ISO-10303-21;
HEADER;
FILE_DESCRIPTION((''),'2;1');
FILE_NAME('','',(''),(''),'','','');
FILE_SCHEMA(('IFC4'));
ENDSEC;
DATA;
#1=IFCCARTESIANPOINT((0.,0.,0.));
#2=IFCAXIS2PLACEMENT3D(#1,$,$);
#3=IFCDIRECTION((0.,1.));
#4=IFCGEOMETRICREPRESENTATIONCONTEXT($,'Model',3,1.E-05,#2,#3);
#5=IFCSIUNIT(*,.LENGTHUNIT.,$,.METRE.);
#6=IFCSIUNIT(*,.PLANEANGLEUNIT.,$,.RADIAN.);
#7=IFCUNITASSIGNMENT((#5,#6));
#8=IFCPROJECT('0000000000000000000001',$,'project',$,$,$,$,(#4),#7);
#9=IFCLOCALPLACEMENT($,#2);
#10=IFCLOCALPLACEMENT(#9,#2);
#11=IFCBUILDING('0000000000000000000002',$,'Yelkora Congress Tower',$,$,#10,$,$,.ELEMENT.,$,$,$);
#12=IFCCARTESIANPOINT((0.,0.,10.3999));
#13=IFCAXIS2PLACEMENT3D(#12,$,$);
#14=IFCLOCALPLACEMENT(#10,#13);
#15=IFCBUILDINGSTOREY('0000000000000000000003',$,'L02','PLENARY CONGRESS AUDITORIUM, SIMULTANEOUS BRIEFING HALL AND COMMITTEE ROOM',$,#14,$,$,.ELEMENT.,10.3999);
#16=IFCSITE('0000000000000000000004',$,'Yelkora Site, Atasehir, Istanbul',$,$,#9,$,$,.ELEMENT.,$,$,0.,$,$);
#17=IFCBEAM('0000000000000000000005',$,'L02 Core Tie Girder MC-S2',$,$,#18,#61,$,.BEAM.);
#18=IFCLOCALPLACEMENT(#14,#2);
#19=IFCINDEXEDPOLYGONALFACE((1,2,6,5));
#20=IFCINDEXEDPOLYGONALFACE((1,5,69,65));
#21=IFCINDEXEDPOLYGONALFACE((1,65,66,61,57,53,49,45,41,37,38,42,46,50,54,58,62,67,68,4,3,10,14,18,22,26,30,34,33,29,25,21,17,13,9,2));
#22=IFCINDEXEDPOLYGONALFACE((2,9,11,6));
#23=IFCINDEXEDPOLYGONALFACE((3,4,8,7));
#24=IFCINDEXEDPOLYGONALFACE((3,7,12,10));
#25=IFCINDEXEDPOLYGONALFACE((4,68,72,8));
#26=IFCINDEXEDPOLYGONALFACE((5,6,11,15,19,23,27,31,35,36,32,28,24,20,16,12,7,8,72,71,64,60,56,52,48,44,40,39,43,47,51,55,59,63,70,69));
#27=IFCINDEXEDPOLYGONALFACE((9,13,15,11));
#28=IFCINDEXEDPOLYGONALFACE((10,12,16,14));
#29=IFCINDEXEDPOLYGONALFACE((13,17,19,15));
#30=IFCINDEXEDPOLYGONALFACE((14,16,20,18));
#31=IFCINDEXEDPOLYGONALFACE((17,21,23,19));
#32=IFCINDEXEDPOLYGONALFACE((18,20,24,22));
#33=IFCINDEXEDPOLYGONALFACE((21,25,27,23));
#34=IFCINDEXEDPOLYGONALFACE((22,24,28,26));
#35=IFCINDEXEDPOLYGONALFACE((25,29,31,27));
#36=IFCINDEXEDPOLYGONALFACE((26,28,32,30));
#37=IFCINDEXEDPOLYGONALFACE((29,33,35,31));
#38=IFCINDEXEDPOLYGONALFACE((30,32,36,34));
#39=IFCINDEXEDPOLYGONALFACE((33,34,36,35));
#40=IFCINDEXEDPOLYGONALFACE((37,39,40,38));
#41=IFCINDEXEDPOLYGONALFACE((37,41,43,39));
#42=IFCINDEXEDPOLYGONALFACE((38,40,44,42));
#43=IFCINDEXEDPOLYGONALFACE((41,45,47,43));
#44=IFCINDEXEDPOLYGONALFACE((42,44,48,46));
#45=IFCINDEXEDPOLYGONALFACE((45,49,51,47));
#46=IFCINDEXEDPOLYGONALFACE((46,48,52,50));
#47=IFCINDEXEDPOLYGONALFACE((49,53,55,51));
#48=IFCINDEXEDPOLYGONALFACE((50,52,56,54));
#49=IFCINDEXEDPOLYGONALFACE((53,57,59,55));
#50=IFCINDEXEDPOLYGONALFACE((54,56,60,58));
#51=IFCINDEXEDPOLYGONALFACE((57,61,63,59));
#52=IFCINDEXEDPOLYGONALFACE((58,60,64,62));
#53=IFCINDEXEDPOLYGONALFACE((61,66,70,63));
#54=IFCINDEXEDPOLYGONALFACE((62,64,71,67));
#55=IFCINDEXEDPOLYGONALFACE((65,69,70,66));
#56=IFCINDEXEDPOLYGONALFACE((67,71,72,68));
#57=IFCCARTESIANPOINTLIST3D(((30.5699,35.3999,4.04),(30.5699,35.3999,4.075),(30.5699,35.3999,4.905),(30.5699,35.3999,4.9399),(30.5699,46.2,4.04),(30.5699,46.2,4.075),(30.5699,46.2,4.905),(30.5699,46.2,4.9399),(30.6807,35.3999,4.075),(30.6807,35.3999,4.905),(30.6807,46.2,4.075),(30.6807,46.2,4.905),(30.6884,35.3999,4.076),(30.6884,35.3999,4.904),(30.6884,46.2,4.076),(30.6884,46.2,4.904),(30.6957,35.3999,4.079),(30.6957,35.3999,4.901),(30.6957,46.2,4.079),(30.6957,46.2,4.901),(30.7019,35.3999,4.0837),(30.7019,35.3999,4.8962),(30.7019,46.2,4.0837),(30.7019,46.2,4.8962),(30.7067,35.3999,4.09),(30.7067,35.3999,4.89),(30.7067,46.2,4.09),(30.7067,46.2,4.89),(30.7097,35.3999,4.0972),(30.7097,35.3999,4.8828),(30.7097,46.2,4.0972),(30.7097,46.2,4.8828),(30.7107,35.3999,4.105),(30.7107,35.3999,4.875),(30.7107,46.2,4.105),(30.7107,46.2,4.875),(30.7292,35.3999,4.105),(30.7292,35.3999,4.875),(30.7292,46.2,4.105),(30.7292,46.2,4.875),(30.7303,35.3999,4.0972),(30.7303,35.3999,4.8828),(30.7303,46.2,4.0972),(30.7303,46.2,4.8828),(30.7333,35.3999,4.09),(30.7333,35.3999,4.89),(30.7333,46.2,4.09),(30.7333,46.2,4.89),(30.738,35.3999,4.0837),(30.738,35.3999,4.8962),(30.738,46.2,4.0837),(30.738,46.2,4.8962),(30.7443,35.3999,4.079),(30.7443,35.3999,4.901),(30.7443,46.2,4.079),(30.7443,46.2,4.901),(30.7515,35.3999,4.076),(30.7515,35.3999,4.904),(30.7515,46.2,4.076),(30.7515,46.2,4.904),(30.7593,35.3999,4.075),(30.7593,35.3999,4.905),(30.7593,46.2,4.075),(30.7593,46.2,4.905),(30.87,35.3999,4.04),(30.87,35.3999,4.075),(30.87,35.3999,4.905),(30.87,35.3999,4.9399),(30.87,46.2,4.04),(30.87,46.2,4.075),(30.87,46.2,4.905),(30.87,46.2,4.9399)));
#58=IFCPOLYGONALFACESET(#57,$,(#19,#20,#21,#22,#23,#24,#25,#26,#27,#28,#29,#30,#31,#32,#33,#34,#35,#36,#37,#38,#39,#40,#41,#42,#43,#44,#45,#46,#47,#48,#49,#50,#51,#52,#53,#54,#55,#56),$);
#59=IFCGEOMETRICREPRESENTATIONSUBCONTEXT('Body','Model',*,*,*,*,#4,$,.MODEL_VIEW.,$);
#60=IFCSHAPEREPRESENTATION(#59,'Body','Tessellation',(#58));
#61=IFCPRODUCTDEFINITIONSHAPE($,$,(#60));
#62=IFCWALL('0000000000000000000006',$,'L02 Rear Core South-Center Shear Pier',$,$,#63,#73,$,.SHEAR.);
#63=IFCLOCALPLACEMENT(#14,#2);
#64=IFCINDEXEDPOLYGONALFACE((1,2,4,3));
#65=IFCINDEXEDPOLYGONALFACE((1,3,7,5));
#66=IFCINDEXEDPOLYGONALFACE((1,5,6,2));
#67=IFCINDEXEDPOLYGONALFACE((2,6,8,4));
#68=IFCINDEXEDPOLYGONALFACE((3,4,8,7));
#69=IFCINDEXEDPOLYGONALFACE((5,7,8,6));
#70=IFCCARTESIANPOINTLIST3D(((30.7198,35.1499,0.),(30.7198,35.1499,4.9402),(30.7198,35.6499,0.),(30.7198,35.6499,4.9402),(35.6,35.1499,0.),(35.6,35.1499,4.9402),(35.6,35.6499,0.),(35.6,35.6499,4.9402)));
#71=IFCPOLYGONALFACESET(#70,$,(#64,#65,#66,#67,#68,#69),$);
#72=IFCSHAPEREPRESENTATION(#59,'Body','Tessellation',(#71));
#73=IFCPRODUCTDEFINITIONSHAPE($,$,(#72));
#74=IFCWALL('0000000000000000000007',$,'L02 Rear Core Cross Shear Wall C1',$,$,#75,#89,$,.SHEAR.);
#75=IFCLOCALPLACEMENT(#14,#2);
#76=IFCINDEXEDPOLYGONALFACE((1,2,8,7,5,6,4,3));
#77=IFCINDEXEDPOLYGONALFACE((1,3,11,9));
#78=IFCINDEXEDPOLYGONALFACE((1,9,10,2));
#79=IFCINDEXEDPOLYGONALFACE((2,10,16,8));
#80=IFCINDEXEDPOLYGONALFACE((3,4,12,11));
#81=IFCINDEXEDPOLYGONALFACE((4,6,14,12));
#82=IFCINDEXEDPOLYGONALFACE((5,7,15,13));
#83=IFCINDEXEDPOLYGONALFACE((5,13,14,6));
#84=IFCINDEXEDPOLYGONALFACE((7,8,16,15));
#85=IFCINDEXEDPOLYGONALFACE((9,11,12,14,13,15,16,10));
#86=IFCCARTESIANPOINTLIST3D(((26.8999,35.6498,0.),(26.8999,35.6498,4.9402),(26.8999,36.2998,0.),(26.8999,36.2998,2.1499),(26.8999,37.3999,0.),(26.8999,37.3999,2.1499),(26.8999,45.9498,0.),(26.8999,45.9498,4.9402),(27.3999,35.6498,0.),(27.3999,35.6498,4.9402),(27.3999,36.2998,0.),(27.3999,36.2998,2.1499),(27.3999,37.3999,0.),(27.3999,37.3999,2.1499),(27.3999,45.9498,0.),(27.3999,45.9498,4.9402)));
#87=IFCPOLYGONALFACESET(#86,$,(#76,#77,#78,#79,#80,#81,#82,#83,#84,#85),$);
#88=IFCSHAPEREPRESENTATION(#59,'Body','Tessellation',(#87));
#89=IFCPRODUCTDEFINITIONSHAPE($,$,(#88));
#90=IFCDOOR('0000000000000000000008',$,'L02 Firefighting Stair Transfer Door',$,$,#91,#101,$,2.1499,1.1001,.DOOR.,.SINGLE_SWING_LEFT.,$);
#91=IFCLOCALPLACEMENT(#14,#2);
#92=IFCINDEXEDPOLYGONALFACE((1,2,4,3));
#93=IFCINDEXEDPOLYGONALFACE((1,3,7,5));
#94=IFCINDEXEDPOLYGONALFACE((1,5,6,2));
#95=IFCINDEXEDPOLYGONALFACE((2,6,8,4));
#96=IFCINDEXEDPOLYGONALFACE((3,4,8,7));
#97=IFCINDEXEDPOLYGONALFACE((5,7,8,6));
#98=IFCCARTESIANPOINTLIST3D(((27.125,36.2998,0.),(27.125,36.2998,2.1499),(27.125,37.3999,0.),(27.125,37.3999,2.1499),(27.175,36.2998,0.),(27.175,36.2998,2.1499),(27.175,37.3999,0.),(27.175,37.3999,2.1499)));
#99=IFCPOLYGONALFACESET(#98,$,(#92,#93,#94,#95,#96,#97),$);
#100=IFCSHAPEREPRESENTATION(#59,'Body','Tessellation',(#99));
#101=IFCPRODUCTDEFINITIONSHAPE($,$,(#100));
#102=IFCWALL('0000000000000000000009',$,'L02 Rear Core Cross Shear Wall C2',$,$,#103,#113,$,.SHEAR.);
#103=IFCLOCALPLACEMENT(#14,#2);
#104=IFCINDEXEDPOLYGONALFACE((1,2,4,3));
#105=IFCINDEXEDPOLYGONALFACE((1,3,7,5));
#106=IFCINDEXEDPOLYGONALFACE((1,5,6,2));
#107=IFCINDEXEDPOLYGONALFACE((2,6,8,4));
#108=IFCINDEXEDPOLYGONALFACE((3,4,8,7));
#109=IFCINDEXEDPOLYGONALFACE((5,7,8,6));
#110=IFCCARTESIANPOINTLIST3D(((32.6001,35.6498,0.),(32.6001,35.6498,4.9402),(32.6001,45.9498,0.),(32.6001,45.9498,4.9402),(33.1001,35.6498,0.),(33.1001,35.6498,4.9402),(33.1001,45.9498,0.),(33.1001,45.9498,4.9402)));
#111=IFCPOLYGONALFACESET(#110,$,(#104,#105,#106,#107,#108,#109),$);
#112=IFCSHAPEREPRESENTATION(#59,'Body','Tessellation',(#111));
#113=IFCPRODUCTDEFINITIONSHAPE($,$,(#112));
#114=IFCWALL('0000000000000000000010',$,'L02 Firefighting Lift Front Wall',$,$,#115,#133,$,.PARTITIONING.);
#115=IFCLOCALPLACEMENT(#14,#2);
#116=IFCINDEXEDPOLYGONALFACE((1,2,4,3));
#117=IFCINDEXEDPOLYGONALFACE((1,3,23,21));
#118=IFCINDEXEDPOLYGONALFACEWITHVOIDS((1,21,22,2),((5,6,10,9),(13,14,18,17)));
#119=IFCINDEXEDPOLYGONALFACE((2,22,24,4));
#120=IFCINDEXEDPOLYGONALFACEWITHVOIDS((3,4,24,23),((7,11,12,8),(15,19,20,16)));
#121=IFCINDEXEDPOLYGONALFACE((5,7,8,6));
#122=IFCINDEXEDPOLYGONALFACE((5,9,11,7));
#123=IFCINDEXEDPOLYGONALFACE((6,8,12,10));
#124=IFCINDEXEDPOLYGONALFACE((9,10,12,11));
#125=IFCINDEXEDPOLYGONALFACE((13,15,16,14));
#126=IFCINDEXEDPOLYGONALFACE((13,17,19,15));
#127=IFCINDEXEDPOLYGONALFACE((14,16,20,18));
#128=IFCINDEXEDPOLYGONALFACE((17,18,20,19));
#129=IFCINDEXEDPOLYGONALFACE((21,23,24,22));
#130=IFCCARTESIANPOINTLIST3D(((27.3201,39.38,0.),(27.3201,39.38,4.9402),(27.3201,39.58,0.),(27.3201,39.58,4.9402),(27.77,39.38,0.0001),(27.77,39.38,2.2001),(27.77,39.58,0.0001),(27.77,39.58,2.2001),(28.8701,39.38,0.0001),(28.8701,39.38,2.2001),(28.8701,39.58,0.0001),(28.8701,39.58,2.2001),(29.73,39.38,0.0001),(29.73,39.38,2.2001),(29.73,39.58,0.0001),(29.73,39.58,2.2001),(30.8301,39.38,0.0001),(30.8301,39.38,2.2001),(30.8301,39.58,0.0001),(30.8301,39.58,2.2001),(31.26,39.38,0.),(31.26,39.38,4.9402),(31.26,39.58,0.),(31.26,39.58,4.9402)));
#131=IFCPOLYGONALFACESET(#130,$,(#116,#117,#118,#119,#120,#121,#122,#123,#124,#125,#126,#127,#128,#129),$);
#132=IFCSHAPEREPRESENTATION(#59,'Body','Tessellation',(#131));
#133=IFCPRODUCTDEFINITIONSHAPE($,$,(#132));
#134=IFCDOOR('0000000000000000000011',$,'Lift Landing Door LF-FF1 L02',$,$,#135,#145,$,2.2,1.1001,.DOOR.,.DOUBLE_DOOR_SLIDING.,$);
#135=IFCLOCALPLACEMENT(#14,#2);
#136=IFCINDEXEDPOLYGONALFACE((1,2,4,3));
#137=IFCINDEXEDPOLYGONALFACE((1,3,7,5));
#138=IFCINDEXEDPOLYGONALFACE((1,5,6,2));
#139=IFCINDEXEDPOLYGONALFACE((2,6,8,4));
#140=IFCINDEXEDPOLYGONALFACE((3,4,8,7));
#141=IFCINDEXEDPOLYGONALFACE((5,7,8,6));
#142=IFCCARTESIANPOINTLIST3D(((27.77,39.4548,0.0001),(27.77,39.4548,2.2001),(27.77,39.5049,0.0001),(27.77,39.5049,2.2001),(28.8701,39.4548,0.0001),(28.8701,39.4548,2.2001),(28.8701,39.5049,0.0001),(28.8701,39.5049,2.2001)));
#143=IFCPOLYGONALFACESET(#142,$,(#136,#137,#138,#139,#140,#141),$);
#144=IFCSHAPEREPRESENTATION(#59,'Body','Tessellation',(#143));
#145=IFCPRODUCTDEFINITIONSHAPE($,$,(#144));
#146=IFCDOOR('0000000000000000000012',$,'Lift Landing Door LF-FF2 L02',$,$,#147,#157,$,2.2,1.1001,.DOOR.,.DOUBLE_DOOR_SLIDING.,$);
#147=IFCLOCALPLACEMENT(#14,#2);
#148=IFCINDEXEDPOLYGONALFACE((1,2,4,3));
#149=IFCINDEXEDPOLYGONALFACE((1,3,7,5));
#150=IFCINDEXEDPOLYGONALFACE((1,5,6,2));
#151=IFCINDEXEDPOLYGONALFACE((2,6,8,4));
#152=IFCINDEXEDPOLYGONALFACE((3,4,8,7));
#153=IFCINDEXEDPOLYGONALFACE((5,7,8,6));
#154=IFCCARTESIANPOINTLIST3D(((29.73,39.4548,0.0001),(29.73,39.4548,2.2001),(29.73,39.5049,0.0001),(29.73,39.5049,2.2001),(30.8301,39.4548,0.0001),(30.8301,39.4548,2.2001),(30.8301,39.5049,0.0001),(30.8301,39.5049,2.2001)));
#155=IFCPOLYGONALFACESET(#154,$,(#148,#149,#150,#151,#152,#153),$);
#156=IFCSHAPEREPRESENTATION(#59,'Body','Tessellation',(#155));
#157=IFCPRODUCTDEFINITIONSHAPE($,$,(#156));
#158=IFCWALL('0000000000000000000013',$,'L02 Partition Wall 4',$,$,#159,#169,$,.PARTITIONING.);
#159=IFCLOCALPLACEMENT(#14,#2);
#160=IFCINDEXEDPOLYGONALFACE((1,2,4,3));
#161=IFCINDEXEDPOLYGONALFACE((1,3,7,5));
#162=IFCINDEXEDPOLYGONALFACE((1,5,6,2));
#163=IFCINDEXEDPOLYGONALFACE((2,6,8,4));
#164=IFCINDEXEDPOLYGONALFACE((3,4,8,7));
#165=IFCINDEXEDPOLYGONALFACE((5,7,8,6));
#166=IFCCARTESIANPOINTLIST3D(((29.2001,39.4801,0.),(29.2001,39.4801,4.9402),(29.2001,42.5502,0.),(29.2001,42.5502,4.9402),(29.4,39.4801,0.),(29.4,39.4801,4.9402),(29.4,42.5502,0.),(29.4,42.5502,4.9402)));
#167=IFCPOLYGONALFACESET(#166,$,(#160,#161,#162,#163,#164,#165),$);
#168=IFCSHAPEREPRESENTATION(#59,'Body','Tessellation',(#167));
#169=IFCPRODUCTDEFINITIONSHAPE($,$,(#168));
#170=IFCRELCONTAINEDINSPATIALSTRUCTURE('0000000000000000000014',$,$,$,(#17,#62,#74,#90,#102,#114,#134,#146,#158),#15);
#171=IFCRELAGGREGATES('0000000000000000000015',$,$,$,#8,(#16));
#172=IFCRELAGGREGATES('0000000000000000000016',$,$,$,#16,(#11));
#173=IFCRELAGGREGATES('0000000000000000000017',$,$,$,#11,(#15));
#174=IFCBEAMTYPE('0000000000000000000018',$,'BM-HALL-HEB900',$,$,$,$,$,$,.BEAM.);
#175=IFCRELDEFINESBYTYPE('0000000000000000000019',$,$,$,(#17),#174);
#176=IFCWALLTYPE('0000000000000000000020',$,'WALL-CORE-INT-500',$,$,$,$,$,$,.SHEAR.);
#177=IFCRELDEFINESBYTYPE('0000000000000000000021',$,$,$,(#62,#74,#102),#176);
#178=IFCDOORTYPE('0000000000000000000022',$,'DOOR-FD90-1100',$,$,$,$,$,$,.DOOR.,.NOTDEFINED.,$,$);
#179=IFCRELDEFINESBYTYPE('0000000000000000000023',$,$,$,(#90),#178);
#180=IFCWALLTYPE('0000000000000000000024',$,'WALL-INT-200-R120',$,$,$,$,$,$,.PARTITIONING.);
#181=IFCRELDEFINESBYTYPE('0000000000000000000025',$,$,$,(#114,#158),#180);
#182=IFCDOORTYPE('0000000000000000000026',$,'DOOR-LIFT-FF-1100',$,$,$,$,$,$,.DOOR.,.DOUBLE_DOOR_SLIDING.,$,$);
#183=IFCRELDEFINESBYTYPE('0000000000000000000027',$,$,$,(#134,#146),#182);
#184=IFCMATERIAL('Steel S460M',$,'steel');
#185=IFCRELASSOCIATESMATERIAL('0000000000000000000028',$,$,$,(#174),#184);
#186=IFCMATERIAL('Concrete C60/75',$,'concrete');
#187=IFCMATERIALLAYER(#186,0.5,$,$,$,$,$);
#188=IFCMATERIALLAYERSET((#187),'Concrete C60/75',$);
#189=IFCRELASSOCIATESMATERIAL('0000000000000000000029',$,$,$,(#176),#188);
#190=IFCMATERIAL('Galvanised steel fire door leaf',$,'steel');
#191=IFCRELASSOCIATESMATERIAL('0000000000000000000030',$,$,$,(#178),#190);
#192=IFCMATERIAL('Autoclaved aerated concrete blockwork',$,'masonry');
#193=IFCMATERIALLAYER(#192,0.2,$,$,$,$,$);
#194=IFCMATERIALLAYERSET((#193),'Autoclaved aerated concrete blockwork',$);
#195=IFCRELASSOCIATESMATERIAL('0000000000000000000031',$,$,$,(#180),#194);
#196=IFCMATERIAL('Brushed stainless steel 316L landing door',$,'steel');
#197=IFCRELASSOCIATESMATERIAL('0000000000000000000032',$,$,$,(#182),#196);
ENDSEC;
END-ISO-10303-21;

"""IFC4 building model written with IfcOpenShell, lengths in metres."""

from ifc_helpers import new_model, si_unit, direction, frame, frame_2d, origin, origin_2d, place, context, subcontext, project, spatial, rectangle, i_section, extrude, material, layer, layer_set, material_profile, profile_set, type_object, element, fill, save


model = new_model("IFC4")

# Units and contexts
model_context = context("Model", 3, precision=1e-05, world=origin(), true_north=direction((0.0, 1.0)))
body_context = subcontext(model_context, "Body", "Model", "MODEL_VIEW")
ifc_project = project(units=[si_unit("LENGTHUNIT", "METRE"), si_unit("PLANEANGLEUNIT", "RADIAN")], contexts=[model_context])

# Site, building, storey
site_placement = place(None, origin())
site = spatial("IfcSite", under=ifc_project, at=site_placement, Name="Yelkora Site, Atasehir, Istanbul", CompositionType="ELEMENT", RefElevation=0.0)
building_placement = place(site_placement, origin())
building = spatial("IfcBuilding", under=site, at=building_placement, Name="Yelkora Congress Tower", CompositionType="ELEMENT")
storey_placement = place(building_placement, frame((0.0, 0.0, 10.3999)))
storey = spatial("IfcBuildingStorey", under=building, at=storey_placement, Name="L02", Description="PLENARY CONGRESS AUDITORIUM, SIMULTANEOUS BRIEFING HALL AND COMMITTEE ROOM", CompositionType="ELEMENT", Elevation=10.3999)

# Shared definitions
ifc_material_1 = material(Name="Concrete C60/75", Category="concrete")

# Beam
ifc_material_2 = material(Name="Steel S460M", Category="steel")
ifc_material_profile_1 = material_profile(ifc_material_2, i_section(OverallWidth=0.3, OverallDepth=0.8999, WebThickness=0.0186, FlangeThickness=0.0349, FilletRadius=0.03, at=origin_2d()), Name="HEB 900")
ifc_profile_set_1 = profile_set([ifc_material_profile_1], Name="Steel S460M")
beam_type = type_object("IfcBeamType", Name="BM-HALL-HEB900", PredefinedType="BEAM", material=ifc_profile_set_1)
beam_1_placement = place(storey_placement, frame((30.72, 35.3999, 4.49), z_axis=(0.0, 1.0, 0.0), x_axis=(-1.0, 0.0, 0.0)))
element("IfcBeam", 1, at=beam_1_placement, inside=storey, type_object=beam_type, Name="L02 Core Tie Girder MC-S2", PredefinedType="BEAM", context=body_context, shape_type="SweptSolid", body=[
    extrude(i_section(OverallWidth=0.3, OverallDepth=0.8999, WebThickness=0.0186, FlangeThickness=0.0349, FilletRadius=0.03, at=origin_2d()), origin(), (0.0, 0.0, 1.0), 10.8),
])

# Wall
ifc_layer_1 = layer(ifc_material_1, 0.5)
ifc_layer_set_1 = layer_set([ifc_layer_1], Name="Concrete C60/75")
wall_type_1 = type_object("IfcWallType", Name="WALL-CORE-INT-500", PredefinedType="SHEAR", material=ifc_layer_set_1)
wall_1_placement = place(storey_placement, frame((30.72, 35.3999, 0.0), z_axis=(0.0, 0.0, 1.0), x_axis=(1.0, 0.0, 0.0)))
element("IfcWall", 2, at=wall_1_placement, inside=storey, type_object=wall_type_1, Name="L02 Rear Core South-Center Shear Pier", PredefinedType="SHEAR", context=body_context, shape_type="SweptSolid", body=[
    extrude(rectangle(XDim=4.8801, YDim=0.5, at=frame_2d((2.4399, 0.0))), origin(), (0.0, 0.0, 1.0), 4.9402),
])

# Wall, opening, door
wall_2_placement = place(storey_placement, frame((27.1499, 35.6499, 0.0), z_axis=(0.0, 0.0, 1.0), x_axis=(0.0, 1.0, 0.0)))
wall_2 = element("IfcWall", 3, at=wall_2_placement, inside=storey, type_object=wall_type_1, Name="L02 Rear Core Cross Shear Wall C1", PredefinedType="SHEAR", context=body_context, shape_type="SweptSolid", body=[
    extrude(rectangle(XDim=10.3, YDim=0.5, at=frame_2d((5.1499, 0.0))), origin(), (0.0, 0.0, 1.0), 4.9402),
])
opening_1_placement = place(wall_2_placement, frame((0.6499, 0.0, 0.0)))
opening_1 = element("IfcOpeningElement", 4, at=opening_1_placement, cuts=wall_2, PredefinedType="OPENING", context=body_context, shape_type="SweptSolid", body=[
    extrude(rectangle(XDim=1.1001, YDim=2.1499, at=frame_2d((0.55, 1.075))), frame((0.0, 0.26, 0.0), z_axis=(0.0, -1.0, 0.0), x_axis=(1.0, 0.0, 0.0)), (0.0, 0.0, 1.0), 0.52),
])
ifc_material_3 = material(Name="Galvanised steel fire door leaf", Category="steel")
door_type_1 = type_object("IfcDoorType", Name="DOOR-FD90-1100", OperationType="NOTDEFINED", PredefinedType="DOOR", material=ifc_material_3)
door_1_placement = place(opening_1_placement, origin())
door_1 = element("IfcDoor", 5, at=door_1_placement, inside=storey, type_object=door_type_1, Name="L02 Firefighting Stair Transfer Door", OperationType="SINGLE_SWING_LEFT", OverallHeight=2.1499, OverallWidth=1.1001, PredefinedType="DOOR", context=body_context, shape_type="SweptSolid", body=[
    extrude(rectangle(XDim=1.1001, YDim=2.1499, at=frame_2d((0.55, 1.075))), frame((0.0, 0.0249, 0.0), z_axis=(0.0, -1.0, 0.0), x_axis=(1.0, 0.0, 0.0)), (0.0, 0.0, 1.0), 0.05),
])
fill(opening_1, door_1)

# Wall
wall_3_placement = place(storey_placement, frame((32.8501, 35.6499, 0.0), z_axis=(0.0, 0.0, 1.0), x_axis=(0.0, 1.0, 0.0)))
element("IfcWall", 6, at=wall_3_placement, inside=storey, type_object=wall_type_1, Name="L02 Rear Core Cross Shear Wall C2", PredefinedType="SHEAR", context=body_context, shape_type="SweptSolid", body=[
    extrude(rectangle(XDim=10.3, YDim=0.5, at=frame_2d((5.1499, 0.0))), origin(), (0.0, 0.0, 1.0), 4.9402),
])

# Shared definitions
ifc_material_4 = material(Name="Autoclaved aerated concrete blockwork", Category="masonry")
ifc_layer_2 = layer(ifc_material_4, 0.2)
ifc_layer_set_2 = layer_set([ifc_layer_2], Name="Autoclaved aerated concrete blockwork")
wall_type_2 = type_object("IfcWallType", Name="WALL-INT-200-R120", PredefinedType="PARTITIONING", material=ifc_layer_set_2)

# Wall, openings, doors
wall_4_placement = place(storey_placement, frame((27.3201, 39.48, 0.0), z_axis=(0.0, 0.0, 1.0), x_axis=(1.0, 0.0, 0.0)))
wall_4 = element("IfcWall", 7, at=wall_4_placement, inside=storey, type_object=wall_type_2, Name="L02 Firefighting Lift Front Wall", PredefinedType="PARTITIONING", context=body_context, shape_type="SweptSolid", body=[
    extrude(rectangle(XDim=3.9399, YDim=0.2, at=frame_2d((1.97, 0.0))), origin(), (0.0, 0.0, 1.0), 4.9402),
])
opening_2_placement = place(wall_4_placement, frame((0.45, 0.0, 0.0)))
opening_2 = element("IfcOpeningElement", 8, at=opening_2_placement, cuts=wall_4, PredefinedType="OPENING", context=body_context, shape_type="SweptSolid", body=[
    extrude(rectangle(XDim=1.1001, YDim=2.2, at=frame_2d((0.55, 1.1001))), frame((0.0, 0.1099, 0.0), z_axis=(0.0, -1.0, 0.0), x_axis=(1.0, 0.0, 0.0)), (0.0, 0.0, 1.0), 0.22),
])
opening_3_placement = place(wall_4_placement, frame((2.4099, 0.0, 0.0)))
opening_3 = element("IfcOpeningElement", 9, at=opening_3_placement, cuts=wall_4, PredefinedType="OPENING", context=body_context, shape_type="SweptSolid", body=[
    extrude(rectangle(XDim=1.1001, YDim=2.2, at=frame_2d((0.55, 1.1001))), frame((0.0, 0.1099, 0.0), z_axis=(0.0, -1.0, 0.0), x_axis=(1.0, 0.0, 0.0)), (0.0, 0.0, 1.0), 0.22),
])
ifc_material_5 = material(Name="Brushed stainless steel 316L landing door", Category="steel")
door_type_2 = type_object("IfcDoorType", Name="DOOR-LIFT-FF-1100", OperationType="DOUBLE_DOOR_SLIDING", PredefinedType="DOOR", material=ifc_material_5)
door_2_placement = place(opening_2_placement, origin())
door_2 = element("IfcDoor", 10, at=door_2_placement, inside=storey, type_object=door_type_2, Name="Lift Landing Door LF-FF1 L02", OperationType="DOUBLE_DOOR_SLIDING", OverallHeight=2.2, OverallWidth=1.1001, PredefinedType="DOOR", context=body_context, shape_type="SweptSolid", body=[
    extrude(rectangle(XDim=1.1001, YDim=2.2, at=frame_2d((0.55, 1.1001))), frame((0.0, 0.0249, 0.0), z_axis=(0.0, -1.0, 0.0), x_axis=(1.0, 0.0, 0.0)), (0.0, 0.0, 1.0), 0.05),
])
fill(opening_2, door_2)
door_3_placement = place(opening_3_placement, origin())
door_3 = element("IfcDoor", 11, at=door_3_placement, inside=storey, type_object=door_type_2, Name="Lift Landing Door LF-FF2 L02", OperationType="DOUBLE_DOOR_SLIDING", OverallHeight=2.2, OverallWidth=1.1001, PredefinedType="DOOR", context=body_context, shape_type="SweptSolid", body=[
    extrude(rectangle(XDim=1.1001, YDim=2.2, at=frame_2d((0.55, 1.1001))), frame((0.0, 0.0249, 0.0), z_axis=(0.0, -1.0, 0.0), x_axis=(1.0, 0.0, 0.0)), (0.0, 0.0, 1.0), 0.05),
])
fill(opening_3, door_3)

# Wall
wall_5_placement = place(storey_placement, frame((29.3, 39.48, 0.0), z_axis=(0.0, 0.0, 1.0), x_axis=(0.0, 1.0, 0.0)))
element("IfcWall", 12, at=wall_5_placement, inside=storey, type_object=wall_type_2, Name="L02 Partition Wall 4", PredefinedType="PARTITIONING", context=body_context, shape_type="SweptSolid", body=[
    extrude(rectangle(XDim=3.0701, YDim=0.2, at=frame_2d((1.5352, 0.0))), origin(), (0.0, 0.0, 1.0), 4.9402),
])

save(model, "model.ifc")
